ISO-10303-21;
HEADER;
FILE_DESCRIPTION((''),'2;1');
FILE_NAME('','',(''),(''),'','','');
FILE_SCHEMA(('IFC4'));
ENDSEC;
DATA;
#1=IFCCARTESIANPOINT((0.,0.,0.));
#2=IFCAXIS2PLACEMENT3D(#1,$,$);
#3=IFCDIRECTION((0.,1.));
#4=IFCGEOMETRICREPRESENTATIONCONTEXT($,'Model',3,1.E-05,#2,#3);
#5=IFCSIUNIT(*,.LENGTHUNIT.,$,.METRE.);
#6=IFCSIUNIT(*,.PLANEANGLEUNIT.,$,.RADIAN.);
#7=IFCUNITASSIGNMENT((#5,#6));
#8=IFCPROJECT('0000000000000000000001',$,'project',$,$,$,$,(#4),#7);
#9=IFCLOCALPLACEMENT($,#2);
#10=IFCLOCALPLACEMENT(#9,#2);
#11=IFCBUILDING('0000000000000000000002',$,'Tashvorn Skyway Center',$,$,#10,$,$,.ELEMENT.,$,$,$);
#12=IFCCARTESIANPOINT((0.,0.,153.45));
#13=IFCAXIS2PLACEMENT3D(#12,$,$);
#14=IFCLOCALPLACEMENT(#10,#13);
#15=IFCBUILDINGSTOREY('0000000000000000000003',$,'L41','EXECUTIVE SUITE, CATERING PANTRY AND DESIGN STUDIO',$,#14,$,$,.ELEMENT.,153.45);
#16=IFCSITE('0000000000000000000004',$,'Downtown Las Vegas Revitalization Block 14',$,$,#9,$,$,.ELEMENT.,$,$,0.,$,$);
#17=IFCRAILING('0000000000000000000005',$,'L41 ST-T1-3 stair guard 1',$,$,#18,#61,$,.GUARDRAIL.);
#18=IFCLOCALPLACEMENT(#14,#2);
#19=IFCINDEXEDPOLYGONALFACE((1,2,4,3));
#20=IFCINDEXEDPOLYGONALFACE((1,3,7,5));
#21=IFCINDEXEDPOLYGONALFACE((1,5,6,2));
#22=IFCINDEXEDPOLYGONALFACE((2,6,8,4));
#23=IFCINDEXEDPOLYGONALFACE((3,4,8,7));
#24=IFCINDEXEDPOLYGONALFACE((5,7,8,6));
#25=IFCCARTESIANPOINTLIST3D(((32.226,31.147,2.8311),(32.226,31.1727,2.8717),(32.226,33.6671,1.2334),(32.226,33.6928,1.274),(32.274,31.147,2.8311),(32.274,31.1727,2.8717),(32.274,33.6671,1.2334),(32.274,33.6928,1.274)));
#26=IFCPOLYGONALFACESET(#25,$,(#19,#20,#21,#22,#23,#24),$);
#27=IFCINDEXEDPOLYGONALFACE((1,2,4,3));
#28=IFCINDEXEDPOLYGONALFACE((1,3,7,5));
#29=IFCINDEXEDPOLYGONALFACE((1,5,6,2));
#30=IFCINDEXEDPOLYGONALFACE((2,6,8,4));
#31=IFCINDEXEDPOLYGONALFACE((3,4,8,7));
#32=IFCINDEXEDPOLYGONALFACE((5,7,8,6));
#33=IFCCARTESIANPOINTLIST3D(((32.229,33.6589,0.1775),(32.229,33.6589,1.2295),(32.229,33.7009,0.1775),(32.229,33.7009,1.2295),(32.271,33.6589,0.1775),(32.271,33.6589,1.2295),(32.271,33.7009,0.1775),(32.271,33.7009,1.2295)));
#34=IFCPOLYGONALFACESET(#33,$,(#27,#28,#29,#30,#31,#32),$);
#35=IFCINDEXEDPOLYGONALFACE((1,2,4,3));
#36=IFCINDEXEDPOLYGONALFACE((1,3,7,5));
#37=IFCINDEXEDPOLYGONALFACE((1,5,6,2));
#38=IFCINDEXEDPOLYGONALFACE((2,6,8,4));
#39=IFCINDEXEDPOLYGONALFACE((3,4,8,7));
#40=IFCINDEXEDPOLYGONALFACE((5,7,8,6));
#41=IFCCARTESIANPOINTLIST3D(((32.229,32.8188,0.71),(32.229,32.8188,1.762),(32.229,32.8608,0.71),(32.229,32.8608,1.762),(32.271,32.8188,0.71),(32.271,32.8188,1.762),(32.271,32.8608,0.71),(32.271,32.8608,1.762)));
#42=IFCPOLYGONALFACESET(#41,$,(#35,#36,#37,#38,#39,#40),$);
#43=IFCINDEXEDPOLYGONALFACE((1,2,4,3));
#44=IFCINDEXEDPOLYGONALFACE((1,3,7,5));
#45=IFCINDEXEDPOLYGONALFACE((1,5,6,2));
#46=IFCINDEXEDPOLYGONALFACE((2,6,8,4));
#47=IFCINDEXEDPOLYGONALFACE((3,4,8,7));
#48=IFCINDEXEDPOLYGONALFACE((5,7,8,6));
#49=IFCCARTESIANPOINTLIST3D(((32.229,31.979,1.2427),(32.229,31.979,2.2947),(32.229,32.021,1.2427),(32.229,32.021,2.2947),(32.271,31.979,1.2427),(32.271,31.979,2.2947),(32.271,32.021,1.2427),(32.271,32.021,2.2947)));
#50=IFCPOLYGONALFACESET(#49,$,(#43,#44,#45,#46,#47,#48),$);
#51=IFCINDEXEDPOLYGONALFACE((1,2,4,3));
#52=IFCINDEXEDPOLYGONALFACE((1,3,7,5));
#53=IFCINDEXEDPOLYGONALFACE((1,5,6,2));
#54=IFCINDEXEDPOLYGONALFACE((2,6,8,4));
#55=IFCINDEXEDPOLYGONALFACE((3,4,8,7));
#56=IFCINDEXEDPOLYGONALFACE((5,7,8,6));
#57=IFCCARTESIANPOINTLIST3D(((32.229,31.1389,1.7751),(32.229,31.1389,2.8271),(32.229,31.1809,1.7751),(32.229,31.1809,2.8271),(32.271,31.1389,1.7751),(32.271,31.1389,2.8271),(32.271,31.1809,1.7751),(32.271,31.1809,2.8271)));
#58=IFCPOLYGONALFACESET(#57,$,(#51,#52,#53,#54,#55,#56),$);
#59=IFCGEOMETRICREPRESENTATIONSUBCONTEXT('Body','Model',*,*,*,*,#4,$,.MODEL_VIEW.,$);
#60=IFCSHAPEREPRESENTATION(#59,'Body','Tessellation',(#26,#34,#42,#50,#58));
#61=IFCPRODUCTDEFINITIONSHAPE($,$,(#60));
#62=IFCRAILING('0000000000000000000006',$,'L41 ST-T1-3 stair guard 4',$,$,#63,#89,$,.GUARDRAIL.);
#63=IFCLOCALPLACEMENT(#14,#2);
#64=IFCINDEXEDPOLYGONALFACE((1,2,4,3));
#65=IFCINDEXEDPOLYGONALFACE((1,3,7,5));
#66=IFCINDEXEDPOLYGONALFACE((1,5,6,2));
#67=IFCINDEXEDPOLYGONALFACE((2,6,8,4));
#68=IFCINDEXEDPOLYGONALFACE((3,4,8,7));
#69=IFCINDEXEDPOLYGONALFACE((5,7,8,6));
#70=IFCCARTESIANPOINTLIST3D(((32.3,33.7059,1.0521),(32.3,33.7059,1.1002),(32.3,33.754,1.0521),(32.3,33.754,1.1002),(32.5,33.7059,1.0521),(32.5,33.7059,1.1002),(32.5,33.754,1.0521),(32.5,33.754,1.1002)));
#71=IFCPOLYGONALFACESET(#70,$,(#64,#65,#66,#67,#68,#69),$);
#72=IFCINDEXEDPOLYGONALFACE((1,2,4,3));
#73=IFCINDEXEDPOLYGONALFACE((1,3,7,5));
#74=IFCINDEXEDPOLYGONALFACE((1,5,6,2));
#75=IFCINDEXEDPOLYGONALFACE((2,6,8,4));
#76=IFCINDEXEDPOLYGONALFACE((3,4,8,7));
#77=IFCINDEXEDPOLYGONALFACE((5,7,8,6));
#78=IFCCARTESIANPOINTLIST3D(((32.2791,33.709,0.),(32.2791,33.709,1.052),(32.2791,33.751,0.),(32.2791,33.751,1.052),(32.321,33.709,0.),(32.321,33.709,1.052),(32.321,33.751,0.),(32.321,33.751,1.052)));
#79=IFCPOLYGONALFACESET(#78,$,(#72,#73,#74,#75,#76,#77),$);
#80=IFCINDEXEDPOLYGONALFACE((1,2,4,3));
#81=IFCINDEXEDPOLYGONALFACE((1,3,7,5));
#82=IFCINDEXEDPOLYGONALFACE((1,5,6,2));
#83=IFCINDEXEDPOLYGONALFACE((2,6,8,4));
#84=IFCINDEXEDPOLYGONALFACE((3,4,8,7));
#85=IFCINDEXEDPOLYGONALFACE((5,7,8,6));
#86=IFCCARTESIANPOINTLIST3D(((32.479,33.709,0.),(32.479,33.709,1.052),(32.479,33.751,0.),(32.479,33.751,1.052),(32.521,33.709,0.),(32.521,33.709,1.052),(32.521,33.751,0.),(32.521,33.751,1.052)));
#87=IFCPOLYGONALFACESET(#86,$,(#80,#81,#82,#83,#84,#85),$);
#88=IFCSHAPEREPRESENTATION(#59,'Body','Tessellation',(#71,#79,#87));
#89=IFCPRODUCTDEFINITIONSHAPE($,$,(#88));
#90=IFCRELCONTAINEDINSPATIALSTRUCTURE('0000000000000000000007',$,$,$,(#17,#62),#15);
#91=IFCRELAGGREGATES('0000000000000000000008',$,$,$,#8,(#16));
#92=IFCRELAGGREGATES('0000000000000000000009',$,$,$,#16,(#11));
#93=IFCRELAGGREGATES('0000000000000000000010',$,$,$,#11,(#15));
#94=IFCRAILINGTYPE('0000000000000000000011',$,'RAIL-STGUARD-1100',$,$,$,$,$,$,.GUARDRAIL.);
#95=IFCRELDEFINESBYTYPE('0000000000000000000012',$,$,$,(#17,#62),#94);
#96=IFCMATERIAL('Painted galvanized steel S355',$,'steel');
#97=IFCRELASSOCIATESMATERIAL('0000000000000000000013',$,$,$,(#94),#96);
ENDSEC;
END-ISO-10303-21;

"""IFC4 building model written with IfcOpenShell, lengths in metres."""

from ifc_helpers import new_model, si_unit, direction, frame, origin, origin_2d, place, context, subcontext, project, spatial, rectangle, extrude, material, type_object, element, save


model = new_model("IFC4")

# Units and contexts
model_context = context("Model", 3, precision=1e-05, world=origin(), true_north=direction((0.0, 1.0)))
body_context = subcontext(model_context, "Body", "Model", "MODEL_VIEW")
ifc_project = project(units=[si_unit("LENGTHUNIT", "METRE"), si_unit("PLANEANGLEUNIT", "RADIAN")], contexts=[model_context])

# Site, building, storey
site_placement = place(None, origin())
site = spatial("IfcSite", under=ifc_project, at=site_placement, Name="Downtown Las Vegas Revitalization Block 14", CompositionType="ELEMENT", RefElevation=0.0)
building_placement = place(site_placement, origin())
building = spatial("IfcBuilding", under=site, at=building_placement, Name="Tashvorn Skyway Center", CompositionType="ELEMENT")
storey_placement = place(building_placement, frame((0.0, 0.0, 153.45)))
storey = spatial("IfcBuildingStorey", under=building, at=storey_placement, Name="L41", Description="EXECUTIVE SUITE, CATERING PANTRY AND DESIGN STUDIO", CompositionType="ELEMENT", Elevation=153.45)

# Railings
ifc_material_1 = material(Name="Painted galvanized steel S355", Category="steel")
railing_type_1 = type_object("IfcRailingType", Name="RAIL-STGUARD-1100", PredefinedType="GUARDRAIL", material=ifc_material_1)
railing_1_placement = place(storey_placement, frame((32.25, 33.6799, 0.1775)))
element("IfcRailing", 1, at=railing_1_placement, inside=storey, type_object=railing_type_1, Name="L41 ST-T1-3 stair guard 1", PredefinedType="GUARDRAIL", context=body_context, shape_type="SweptSolid", body=[
    extrude(rectangle(XDim=0.0481, YDim=0.0481, at=origin_2d()), frame((0.0, 0.0, 1.0762), z_axis=(0.0, -0.84457, 0.535445), x_axis=(1.0, 0.0, 0.0)), (0.0, 0.0, 1.0), 2.9839),
    extrude(rectangle(XDim=0.042, YDim=0.042, at=origin_2d()), origin(), (0.0, 0.0, 1.0), 1.052),
    extrude(rectangle(XDim=0.042, YDim=0.042, at=origin_2d()), frame((0.0, -0.8401, 0.5325)), (0.0, 0.0, 1.0), 1.052),
    extrude(rectangle(XDim=0.042, YDim=0.042, at=origin_2d()), frame((0.0, -1.6799, 1.0652)), (0.0, 0.0, 1.0), 1.052),
    extrude(rectangle(XDim=0.042, YDim=0.042, at=origin_2d()), frame((0.0, -2.52, 1.5977)), (0.0, 0.0, 1.0), 1.052),
])
railing_2_placement = place(storey_placement, frame((32.3, 33.73, 0.0)))
element("IfcRailing", 2, at=railing_2_placement, inside=storey, type_object=railing_type_1, Name="L41 ST-T1-3 stair guard 4", PredefinedType="GUARDRAIL", context=body_context, shape_type="SweptSolid", body=[
    extrude(rectangle(XDim=0.0481, YDim=0.0481, at=origin_2d()), frame((0.0, 0.0, 1.0762), z_axis=(1.0, 0.0, 0.0), x_axis=(0.0, 1.0, 0.0)), (0.0, 0.0, 1.0), 0.2),
    extrude(rectangle(XDim=0.042, YDim=0.042, at=origin_2d()), origin(), (0.0, 0.0, 1.0), 1.052),
    extrude(rectangle(XDim=0.042, YDim=0.042, at=origin_2d()), frame((0.2, 0.0, 0.0)), (0.0, 0.0, 1.0), 1.052),
])

save(model, "model.ifc")
